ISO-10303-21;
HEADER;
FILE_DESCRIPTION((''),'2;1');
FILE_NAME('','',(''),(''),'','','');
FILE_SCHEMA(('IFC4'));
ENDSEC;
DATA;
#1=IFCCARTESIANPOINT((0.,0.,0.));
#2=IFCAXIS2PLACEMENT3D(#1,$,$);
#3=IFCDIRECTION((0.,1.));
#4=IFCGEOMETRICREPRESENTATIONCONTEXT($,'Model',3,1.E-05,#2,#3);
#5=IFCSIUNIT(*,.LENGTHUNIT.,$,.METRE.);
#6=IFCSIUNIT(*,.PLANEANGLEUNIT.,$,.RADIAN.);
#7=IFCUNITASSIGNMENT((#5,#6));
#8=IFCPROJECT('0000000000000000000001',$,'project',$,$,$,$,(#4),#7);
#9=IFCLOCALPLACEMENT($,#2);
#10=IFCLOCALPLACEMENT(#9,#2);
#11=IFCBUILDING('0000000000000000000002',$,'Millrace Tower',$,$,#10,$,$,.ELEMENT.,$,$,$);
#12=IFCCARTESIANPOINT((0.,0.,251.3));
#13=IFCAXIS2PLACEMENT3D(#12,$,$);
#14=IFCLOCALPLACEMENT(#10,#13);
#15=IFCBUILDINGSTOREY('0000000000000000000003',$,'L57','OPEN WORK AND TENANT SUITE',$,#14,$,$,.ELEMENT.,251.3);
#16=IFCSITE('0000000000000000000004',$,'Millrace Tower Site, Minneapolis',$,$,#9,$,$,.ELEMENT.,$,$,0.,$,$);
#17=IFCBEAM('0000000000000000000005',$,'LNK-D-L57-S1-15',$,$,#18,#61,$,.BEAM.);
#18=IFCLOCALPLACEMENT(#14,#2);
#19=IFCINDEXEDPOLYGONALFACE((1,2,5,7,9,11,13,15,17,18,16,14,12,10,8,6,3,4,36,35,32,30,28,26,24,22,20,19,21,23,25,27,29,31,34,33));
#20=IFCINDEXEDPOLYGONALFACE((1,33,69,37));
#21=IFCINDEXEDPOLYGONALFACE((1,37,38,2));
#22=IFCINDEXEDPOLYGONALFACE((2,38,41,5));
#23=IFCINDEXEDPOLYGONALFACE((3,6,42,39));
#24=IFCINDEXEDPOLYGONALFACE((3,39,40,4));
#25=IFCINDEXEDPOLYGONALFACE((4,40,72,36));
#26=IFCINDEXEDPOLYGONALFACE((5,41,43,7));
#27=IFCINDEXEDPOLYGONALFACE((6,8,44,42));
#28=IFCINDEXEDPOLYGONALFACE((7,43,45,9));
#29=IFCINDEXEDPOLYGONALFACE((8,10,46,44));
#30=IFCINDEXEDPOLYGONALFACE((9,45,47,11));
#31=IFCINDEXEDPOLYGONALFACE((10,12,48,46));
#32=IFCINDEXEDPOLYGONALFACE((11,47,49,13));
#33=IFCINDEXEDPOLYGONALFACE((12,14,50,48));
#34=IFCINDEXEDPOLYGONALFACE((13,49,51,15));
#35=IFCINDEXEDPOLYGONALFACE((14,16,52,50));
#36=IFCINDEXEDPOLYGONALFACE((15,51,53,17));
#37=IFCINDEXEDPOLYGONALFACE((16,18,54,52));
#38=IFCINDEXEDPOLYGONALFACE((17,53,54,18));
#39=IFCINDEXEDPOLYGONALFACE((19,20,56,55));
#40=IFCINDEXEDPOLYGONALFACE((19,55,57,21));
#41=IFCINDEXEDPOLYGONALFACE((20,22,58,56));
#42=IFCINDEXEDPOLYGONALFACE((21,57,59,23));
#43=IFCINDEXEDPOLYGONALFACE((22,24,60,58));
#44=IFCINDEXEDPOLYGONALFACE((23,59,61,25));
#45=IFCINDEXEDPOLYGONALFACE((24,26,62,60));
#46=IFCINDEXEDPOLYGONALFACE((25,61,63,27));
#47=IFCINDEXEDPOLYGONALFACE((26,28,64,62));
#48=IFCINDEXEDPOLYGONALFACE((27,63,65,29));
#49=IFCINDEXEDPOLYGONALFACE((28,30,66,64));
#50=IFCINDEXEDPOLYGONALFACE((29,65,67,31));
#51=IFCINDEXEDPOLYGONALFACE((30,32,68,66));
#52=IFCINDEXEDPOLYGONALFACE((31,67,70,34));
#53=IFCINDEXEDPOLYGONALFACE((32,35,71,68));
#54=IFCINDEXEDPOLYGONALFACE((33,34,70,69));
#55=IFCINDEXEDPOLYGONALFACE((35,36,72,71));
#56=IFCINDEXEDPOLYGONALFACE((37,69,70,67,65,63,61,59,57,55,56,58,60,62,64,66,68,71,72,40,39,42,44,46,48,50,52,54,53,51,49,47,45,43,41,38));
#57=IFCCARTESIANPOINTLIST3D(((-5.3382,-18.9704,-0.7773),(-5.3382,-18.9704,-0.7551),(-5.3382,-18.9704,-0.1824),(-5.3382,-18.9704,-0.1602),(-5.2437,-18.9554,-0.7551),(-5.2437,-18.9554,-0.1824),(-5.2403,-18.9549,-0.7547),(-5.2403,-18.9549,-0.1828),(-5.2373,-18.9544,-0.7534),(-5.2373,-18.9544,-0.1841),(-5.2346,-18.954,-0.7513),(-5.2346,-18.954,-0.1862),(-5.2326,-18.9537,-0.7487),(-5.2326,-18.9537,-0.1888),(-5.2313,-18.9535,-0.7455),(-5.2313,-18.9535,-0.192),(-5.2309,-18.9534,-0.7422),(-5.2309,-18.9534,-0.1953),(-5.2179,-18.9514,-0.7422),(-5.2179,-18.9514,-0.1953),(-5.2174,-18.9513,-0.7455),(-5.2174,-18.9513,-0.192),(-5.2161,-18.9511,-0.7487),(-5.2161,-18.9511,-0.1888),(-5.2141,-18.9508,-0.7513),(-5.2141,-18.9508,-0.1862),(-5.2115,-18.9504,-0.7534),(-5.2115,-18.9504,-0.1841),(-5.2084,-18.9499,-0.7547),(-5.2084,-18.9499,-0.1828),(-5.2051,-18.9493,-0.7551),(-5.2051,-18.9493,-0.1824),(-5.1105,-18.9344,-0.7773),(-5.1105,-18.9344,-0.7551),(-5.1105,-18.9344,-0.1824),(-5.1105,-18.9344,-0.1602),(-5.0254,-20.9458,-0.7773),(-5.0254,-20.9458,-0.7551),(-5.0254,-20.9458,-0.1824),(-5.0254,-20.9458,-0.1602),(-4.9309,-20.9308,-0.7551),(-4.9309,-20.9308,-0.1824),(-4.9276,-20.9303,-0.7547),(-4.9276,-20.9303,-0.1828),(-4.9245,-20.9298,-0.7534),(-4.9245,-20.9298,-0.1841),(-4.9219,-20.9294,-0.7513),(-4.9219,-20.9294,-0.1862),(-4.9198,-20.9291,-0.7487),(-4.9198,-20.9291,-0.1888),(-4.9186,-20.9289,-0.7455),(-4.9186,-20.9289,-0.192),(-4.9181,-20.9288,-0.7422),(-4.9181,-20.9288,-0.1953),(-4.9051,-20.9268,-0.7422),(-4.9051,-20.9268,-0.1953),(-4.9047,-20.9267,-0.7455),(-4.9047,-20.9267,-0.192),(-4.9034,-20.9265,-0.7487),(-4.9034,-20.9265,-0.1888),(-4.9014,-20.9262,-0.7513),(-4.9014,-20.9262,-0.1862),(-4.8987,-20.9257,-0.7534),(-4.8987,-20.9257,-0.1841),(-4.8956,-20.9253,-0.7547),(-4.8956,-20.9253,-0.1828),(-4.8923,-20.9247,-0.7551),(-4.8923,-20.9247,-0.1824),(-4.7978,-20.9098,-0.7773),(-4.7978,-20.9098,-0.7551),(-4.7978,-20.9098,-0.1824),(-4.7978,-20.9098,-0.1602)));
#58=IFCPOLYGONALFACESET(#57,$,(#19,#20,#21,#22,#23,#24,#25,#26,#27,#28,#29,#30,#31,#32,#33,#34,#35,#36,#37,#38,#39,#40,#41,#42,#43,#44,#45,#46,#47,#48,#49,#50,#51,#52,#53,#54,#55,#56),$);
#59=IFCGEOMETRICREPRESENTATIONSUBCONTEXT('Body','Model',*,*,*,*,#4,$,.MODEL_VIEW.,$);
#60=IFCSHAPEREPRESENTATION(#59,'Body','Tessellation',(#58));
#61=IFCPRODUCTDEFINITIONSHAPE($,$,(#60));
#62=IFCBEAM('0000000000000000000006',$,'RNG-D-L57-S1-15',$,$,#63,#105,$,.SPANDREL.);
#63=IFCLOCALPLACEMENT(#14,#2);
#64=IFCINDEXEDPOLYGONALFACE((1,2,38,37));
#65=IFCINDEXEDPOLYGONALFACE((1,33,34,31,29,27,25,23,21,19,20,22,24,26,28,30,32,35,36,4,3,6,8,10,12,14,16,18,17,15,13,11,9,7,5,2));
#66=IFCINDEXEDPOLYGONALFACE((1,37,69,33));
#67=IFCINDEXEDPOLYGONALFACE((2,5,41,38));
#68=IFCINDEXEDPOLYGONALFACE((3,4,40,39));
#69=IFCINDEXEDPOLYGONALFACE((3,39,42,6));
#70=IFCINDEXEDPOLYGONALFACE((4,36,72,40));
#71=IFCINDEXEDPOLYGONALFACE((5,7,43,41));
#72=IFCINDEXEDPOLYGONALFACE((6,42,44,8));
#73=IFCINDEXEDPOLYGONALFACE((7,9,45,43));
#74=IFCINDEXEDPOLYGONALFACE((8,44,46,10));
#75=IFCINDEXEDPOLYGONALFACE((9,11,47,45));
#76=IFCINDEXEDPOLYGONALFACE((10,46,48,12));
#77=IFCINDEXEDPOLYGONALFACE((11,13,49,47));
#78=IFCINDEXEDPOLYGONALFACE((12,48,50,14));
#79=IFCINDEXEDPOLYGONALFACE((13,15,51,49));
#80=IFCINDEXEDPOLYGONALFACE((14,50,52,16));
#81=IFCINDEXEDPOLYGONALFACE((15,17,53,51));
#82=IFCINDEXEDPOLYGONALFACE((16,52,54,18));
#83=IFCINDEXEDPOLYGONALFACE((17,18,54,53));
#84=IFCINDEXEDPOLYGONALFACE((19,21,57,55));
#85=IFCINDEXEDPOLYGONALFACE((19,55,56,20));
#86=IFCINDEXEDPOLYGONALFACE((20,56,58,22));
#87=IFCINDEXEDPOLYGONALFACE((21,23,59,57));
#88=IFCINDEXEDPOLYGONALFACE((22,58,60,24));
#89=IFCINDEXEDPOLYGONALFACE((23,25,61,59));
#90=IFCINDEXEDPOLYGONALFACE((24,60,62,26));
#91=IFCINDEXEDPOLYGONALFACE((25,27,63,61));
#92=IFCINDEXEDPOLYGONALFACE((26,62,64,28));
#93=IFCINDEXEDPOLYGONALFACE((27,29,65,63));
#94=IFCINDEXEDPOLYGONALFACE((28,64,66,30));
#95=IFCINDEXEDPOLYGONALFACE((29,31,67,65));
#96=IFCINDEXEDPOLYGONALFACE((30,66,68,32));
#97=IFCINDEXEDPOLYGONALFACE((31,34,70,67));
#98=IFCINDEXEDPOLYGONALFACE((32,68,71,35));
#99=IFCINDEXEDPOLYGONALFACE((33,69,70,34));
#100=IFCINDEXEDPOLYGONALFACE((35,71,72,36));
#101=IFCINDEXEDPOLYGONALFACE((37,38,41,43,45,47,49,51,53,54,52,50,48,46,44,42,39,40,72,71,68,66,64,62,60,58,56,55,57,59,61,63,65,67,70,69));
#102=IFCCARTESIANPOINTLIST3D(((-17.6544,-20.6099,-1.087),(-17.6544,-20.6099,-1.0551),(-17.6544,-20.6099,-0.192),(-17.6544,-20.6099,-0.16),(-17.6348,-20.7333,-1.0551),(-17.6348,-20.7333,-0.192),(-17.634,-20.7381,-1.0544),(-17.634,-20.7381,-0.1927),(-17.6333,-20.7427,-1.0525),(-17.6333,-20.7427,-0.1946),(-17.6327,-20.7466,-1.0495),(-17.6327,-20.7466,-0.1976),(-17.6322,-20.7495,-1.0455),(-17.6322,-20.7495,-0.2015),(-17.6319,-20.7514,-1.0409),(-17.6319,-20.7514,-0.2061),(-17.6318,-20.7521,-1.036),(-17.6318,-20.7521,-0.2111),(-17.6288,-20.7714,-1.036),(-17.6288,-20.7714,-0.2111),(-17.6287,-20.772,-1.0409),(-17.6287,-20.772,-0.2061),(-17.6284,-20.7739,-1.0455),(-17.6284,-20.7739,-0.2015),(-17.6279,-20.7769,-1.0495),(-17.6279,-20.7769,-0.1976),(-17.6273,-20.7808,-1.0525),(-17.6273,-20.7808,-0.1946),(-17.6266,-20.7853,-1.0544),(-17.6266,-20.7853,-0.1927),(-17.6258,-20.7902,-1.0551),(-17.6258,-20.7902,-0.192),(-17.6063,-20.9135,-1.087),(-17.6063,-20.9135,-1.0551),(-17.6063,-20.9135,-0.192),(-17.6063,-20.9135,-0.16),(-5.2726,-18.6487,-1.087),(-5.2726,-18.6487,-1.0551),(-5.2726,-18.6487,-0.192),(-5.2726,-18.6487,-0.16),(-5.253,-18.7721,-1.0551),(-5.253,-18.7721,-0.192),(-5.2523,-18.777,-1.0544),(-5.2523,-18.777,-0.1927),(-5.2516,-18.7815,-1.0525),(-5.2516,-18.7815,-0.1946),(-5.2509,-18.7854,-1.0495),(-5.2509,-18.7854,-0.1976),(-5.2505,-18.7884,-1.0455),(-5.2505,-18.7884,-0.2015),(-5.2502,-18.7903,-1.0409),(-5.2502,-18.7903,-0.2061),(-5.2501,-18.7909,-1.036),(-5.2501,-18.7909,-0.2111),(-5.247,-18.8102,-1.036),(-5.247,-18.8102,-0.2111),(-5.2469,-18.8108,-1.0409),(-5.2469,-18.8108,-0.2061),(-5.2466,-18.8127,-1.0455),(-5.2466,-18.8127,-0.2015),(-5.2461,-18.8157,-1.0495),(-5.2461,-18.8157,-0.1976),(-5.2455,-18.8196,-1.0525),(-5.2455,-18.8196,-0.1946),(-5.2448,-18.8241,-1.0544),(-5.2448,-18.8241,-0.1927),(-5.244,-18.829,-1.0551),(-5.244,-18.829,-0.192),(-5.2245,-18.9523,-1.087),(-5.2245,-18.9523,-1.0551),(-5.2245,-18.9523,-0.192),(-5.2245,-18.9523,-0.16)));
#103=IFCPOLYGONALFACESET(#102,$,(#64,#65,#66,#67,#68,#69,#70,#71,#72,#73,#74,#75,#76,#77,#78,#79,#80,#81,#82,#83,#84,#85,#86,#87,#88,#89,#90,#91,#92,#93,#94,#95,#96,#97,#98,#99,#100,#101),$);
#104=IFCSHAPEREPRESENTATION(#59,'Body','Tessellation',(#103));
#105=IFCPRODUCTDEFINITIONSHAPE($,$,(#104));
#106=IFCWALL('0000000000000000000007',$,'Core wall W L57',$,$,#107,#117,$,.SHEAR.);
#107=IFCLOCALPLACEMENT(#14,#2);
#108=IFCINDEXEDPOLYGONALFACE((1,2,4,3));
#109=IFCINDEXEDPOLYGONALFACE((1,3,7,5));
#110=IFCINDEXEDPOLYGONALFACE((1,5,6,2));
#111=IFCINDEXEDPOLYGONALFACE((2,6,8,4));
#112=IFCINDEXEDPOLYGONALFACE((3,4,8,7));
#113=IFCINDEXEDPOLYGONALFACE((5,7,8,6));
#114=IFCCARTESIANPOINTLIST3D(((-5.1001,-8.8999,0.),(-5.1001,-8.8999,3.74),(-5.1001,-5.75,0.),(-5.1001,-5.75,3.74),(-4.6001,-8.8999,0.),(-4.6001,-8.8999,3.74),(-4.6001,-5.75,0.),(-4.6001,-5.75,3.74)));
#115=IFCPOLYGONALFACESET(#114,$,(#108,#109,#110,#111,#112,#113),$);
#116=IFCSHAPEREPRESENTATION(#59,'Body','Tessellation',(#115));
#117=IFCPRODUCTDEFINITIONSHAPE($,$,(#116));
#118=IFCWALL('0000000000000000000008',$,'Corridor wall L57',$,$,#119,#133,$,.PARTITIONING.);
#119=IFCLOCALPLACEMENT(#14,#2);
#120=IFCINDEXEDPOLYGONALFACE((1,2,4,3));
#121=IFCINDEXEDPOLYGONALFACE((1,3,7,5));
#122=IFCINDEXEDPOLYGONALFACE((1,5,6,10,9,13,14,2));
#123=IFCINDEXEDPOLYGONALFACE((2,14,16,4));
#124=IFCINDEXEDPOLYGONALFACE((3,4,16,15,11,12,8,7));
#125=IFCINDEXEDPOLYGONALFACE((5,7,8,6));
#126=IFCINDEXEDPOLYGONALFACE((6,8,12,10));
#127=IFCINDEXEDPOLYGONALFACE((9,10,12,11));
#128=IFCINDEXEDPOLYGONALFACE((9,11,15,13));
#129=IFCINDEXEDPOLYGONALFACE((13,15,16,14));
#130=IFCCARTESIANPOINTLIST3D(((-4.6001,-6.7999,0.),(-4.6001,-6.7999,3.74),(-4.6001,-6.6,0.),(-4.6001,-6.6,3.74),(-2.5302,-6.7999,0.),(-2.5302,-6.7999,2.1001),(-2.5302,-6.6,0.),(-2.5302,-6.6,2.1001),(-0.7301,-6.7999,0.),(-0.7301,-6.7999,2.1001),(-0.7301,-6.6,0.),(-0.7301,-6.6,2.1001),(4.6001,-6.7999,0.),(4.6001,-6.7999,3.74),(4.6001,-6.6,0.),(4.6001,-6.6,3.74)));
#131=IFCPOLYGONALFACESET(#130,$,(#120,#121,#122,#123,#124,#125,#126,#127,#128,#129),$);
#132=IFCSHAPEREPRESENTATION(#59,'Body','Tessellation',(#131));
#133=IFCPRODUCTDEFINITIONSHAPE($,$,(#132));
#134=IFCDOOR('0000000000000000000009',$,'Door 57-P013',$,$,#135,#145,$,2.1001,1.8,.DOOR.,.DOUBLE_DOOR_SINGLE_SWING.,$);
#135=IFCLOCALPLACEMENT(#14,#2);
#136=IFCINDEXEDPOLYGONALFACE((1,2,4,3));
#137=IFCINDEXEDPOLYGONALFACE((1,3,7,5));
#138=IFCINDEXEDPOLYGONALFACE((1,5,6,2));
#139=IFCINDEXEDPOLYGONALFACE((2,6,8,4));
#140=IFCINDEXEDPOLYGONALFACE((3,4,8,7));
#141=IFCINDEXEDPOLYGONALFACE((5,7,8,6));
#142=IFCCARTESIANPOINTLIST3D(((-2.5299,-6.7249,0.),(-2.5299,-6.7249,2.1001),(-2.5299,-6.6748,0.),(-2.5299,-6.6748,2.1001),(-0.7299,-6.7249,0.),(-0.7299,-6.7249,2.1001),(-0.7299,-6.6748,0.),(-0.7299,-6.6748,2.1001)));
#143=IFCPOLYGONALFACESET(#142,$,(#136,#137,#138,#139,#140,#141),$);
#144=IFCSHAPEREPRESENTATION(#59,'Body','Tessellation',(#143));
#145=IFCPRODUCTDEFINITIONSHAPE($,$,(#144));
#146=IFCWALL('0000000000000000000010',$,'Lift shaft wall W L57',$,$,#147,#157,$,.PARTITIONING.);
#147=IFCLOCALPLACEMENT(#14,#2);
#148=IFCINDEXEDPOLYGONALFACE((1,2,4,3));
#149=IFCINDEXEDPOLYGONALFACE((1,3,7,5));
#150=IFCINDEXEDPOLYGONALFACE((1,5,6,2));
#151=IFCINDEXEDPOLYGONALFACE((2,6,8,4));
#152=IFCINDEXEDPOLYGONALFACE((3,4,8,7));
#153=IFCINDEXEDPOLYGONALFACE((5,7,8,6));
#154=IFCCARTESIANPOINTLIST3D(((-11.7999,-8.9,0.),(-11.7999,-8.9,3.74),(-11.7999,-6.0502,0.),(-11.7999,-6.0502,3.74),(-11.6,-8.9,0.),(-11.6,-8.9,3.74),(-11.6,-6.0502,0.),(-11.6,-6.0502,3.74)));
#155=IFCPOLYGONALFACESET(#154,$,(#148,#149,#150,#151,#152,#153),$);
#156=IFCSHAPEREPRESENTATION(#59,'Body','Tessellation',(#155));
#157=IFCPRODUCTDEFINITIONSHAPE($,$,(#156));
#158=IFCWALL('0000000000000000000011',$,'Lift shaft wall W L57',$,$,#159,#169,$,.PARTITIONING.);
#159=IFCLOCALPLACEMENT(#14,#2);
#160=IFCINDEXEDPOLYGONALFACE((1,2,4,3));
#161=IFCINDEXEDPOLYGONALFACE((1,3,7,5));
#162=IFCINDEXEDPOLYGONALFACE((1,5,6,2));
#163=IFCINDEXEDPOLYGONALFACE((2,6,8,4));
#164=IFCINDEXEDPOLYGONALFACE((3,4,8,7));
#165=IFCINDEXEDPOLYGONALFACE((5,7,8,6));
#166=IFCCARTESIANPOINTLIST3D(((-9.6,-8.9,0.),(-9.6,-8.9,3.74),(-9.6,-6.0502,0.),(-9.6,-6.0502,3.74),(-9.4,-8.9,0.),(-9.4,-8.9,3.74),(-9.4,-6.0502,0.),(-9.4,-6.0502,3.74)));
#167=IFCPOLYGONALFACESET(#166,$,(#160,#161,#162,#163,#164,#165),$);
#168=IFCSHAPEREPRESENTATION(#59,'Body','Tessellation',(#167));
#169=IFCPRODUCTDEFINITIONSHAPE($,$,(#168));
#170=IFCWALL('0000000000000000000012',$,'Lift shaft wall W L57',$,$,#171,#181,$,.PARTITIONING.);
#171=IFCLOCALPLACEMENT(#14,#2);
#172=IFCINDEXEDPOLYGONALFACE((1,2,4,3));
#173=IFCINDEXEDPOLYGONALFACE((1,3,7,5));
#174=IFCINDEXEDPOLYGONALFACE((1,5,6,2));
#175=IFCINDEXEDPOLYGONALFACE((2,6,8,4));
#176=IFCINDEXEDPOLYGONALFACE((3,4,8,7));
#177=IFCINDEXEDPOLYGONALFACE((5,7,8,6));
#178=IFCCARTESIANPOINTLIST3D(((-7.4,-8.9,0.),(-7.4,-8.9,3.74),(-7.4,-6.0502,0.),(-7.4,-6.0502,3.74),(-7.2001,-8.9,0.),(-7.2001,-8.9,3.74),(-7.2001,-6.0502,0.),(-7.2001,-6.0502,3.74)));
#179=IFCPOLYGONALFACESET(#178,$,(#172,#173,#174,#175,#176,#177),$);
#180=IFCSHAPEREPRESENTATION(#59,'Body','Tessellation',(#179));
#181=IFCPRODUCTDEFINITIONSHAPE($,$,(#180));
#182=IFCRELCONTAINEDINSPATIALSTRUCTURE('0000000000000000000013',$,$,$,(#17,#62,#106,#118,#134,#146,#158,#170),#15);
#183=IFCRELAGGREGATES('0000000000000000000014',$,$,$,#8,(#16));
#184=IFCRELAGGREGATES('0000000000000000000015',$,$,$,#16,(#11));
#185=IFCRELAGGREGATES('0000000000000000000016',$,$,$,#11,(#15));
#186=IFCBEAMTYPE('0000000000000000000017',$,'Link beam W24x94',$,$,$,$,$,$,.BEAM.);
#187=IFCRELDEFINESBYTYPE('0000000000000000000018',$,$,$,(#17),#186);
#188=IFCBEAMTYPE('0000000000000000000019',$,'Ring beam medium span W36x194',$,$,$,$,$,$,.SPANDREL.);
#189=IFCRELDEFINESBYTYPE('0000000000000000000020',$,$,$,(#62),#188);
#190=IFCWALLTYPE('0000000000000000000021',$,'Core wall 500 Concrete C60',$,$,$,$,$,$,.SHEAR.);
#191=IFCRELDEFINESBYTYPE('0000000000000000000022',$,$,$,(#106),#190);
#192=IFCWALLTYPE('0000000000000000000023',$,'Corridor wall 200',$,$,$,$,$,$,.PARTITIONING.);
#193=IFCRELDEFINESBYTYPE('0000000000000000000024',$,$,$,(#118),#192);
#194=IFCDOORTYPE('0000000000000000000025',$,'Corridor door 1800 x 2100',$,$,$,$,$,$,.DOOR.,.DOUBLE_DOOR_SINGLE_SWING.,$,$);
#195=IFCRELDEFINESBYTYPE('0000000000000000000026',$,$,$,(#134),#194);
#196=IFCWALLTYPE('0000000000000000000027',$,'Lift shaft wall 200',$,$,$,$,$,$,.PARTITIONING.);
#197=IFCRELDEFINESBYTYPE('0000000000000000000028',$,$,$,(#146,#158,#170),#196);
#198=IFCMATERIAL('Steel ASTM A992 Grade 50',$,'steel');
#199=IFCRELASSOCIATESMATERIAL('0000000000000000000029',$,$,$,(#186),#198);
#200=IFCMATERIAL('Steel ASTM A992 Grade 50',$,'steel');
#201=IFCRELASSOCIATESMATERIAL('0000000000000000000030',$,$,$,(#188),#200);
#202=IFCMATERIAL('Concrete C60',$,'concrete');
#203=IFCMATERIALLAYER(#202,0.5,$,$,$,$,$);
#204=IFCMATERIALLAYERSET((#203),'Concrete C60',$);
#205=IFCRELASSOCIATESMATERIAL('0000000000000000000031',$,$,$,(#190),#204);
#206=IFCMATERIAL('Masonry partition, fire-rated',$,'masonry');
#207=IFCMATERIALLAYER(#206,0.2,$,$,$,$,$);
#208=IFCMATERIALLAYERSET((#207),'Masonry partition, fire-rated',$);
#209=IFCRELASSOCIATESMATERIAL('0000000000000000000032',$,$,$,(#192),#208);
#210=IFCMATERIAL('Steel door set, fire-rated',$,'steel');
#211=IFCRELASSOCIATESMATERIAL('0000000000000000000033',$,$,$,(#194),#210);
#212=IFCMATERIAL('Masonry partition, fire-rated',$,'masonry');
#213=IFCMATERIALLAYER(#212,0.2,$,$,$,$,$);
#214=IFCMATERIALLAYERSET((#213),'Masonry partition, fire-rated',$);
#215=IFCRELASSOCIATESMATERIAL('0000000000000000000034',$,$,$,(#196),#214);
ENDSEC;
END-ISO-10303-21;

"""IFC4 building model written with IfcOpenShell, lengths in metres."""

from ifc_helpers import new_model, si_unit, direction, frame, frame_2d, origin, origin_2d, place, context, subcontext, project, spatial, rectangle, i_section, extrude, material, layer, layer_set, material_profile, profile_set, type_object, element, fill, save


model = new_model("IFC4")

# Units and contexts
model_context = context("Model", 3, precision=1e-05, world=origin(), true_north=direction((0.0, 1.0)))
body_context = subcontext(model_context, "Body", "Model", "MODEL_VIEW")
ifc_project = project(units=[si_unit("LENGTHUNIT", "METRE"), si_unit("PLANEANGLEUNIT", "RADIAN")], contexts=[model_context])

# Site, building, storey
site_placement = place(None, origin())
site = spatial("IfcSite", under=ifc_project, at=site_placement, Name="Millrace Tower Site, Minneapolis", CompositionType="ELEMENT", RefElevation=0.0)
building_placement = place(site_placement, origin())
building = spatial("IfcBuilding", under=site, at=building_placement, Name="Millrace Tower", CompositionType="ELEMENT")
storey_placement = place(building_placement, frame((0.0, 0.0, 251.3)))
storey = spatial("IfcBuildingStorey", under=building, at=storey_placement, Name="L57", Description="OPEN WORK AND TENANT SUITE", CompositionType="ELEMENT", Elevation=251.3)

# Beams
ifc_material_1 = material(Name="Steel ASTM A992 Grade 50", Category="steel")
ifc_material_profile_1 = material_profile(ifc_material_1, i_section(OverallWidth=0.2305, OverallDepth=0.6172, WebThickness=0.0132, FlangeThickness=0.0222, FilletRadius=0.0129, at=origin_2d()))
ifc_profile_set_1 = profile_set([ifc_material_profile_1], Name="Steel ASTM A992 Grade 50")
beam_type_1 = type_object("IfcBeamType", Name="Link beam W24x94", PredefinedType="BEAM", material=ifc_profile_set_1)
beam_1_placement = place(storey_placement, frame((-5.2244, -18.9524, -0.4688), z_axis=(0.156376, -0.987698, 0.0), x_axis=(0.987698, 0.156376, 0.0)))
element("IfcBeam", 1, at=beam_1_placement, inside=storey, type_object=beam_type_1, Name="LNK-D-L57-S1-15", PredefinedType="BEAM", context=body_context, shape_type="SweptSolid", body=[
    extrude(i_section(OverallWidth=0.2305, OverallDepth=0.6172, WebThickness=0.0132, FlangeThickness=0.0222, FilletRadius=0.0129, at=origin_2d()), origin(), (0.0, 0.0, 1.0), 2.0),
])
ifc_material_2 = material(Name="Steel ASTM A992 Grade 50", Category="steel")
ifc_material_profile_2 = material_profile(ifc_material_2, i_section(OverallWidth=0.3074, OverallDepth=0.927, WebThickness=0.0195, FlangeThickness=0.032, FilletRadius=0.019, at=origin_2d()))
ifc_profile_set_2 = profile_set([ifc_material_profile_2], Name="Steel ASTM A992 Grade 50")
beam_type_2 = type_object("IfcBeamType", Name="Ring beam medium span W36x194", PredefinedType="SPANDREL", material=ifc_profile_set_2)
beam_2_placement = place(storey_placement, frame((-5.2485, -18.8005, -0.6235), z_axis=(-0.987687, -0.156442, 0.0), x_axis=(0.156442, -0.987687, 0.0)))
element("IfcBeam", 2, at=beam_2_placement, inside=storey, type_object=beam_type_2, Name="RNG-D-L57-S1-15", PredefinedType="SPANDREL", context=body_context, shape_type="SweptSolid", body=[
    extrude(i_section(OverallWidth=0.3074, OverallDepth=0.927, WebThickness=0.0195, FlangeThickness=0.032, FilletRadius=0.019, at=origin_2d()), origin(), (0.0, 0.0, 1.0), 12.5361),
])

# Wall
ifc_material_3 = material(Name="Concrete C60", Category="concrete")
ifc_layer_1 = layer(ifc_material_3, 0.5)
ifc_layer_set_1 = layer_set([ifc_layer_1], Name="Concrete C60")
wall_type_1 = type_object("IfcWallType", Name="Core wall 500 Concrete C60", PredefinedType="SHEAR", material=ifc_layer_set_1)
wall_1_placement = place(storey_placement, frame((-4.8501, -8.8999, 0.0), z_axis=(0.0, 0.0, 1.0), x_axis=(0.0, 1.0, 0.0)))
element("IfcWall", 3, at=wall_1_placement, inside=storey, type_object=wall_type_1, Name="Core wall W L57", PredefinedType="SHEAR", context=body_context, shape_type="SweptSolid", body=[
    extrude(rectangle(XDim=3.1499, YDim=0.5, at=frame_2d((1.575, 0.0))), origin(), (0.0, 0.0, 1.0), 3.74),
])

# Wall, opening, door
ifc_material_4 = material(Name="Masonry partition, fire-rated", Category="masonry")
ifc_layer_2 = layer(ifc_material_4, 0.2)
ifc_layer_set_2 = layer_set([ifc_layer_2], Name="Masonry partition, fire-rated")
wall_type_2 = type_object("IfcWallType", Name="Corridor wall 200", PredefinedType="PARTITIONING", material=ifc_layer_set_2)
wall_2_placement = place(storey_placement, frame((-4.6001, -6.7, 0.0), z_axis=(0.0, 0.0, 1.0), x_axis=(1.0, 0.0, 0.0)))
wall_2 = element("IfcWall", 4, at=wall_2_placement, inside=storey, type_object=wall_type_2, Name="Corridor wall L57", PredefinedType="PARTITIONING", context=body_context, shape_type="SweptSolid", body=[
    extrude(rectangle(XDim=9.2002, YDim=0.2, at=frame_2d((4.6001, 0.0))), origin(), (0.0, 0.0, 1.0), 3.74),
])
opening_placement = place(wall_2_placement, frame((2.0701, 0.0, 0.0)))
opening = element("IfcOpeningElement", 5, at=opening_placement, cuts=wall_2, PredefinedType="OPENING", context=body_context, shape_type="SweptSolid", body=[
    extrude(rectangle(XDim=1.8, YDim=2.1001, at=frame_2d((0.8999, 1.05))), frame((0.0, 0.1099, 0.0), z_axis=(0.0, -1.0, 0.0), x_axis=(1.0, 0.0, 0.0)), (0.0, 0.0, 1.0), 0.22),
])
ifc_material_5 = material(Name="Steel door set, fire-rated", Category="steel")
door_type = type_object("IfcDoorType", Name="Corridor door 1800 x 2100", OperationType="DOUBLE_DOOR_SINGLE_SWING", PredefinedType="DOOR", material=ifc_material_5)
door_placement = place(opening_placement, frame((1.8, 0.0, 0.0), z_axis=(0.0, 0.0, 1.0), x_axis=(-1.0, 0.0, 0.0)))
door = element("IfcDoor", 6, at=door_placement, inside=storey, type_object=door_type, Name="Door 57-P013", OperationType="DOUBLE_DOOR_SINGLE_SWING", OverallHeight=2.1001, OverallWidth=1.8, PredefinedType="DOOR", context=body_context, shape_type="SweptSolid", body=[
    extrude(rectangle(XDim=1.8, YDim=2.1001, at=frame_2d((0.8999, 1.05))), frame((0.0, 0.0249, 0.0), z_axis=(0.0, -1.0, 0.0), x_axis=(1.0, 0.0, 0.0)), (0.0, 0.0, 1.0), 0.05),
])
fill(opening, door)

# Walls
ifc_material_6 = material(Name="Masonry partition, fire-rated", Category="masonry")
ifc_layer_3 = layer(ifc_material_6, 0.2)
ifc_layer_set_3 = layer_set([ifc_layer_3], Name="Masonry partition, fire-rated")
wall_type_3 = type_object("IfcWallType", Name="Lift shaft wall 200", PredefinedType="PARTITIONING", material=ifc_layer_set_3)
for number, where, z_axis, x_axis, name in (
    (7, (-11.7, -8.8999, 0.0), (0.0, 0.0, 1.0), (0.0, 1.0, 0.0), "Lift shaft wall W L57"),
    (8, (-9.5, -8.8999, 0.0), (0.0, 0.0, 1.0), (0.0, 1.0, 0.0), "Lift shaft wall W L57"),
    (9, (-7.3, -8.8999, 0.0), (0.0, 0.0, 1.0), (0.0, 1.0, 0.0), "Lift shaft wall W L57"),
):
    element("IfcWall", number, at=place(storey_placement, frame(where, z_axis=z_axis, x_axis=x_axis)), inside=storey, type_object=wall_type_3, Name=name, PredefinedType="PARTITIONING", context=body_context, shape_type="SweptSolid", body=[
        extrude(rectangle(XDim=2.8499, YDim=0.2, at=frame_2d((1.4248, 0.0))), origin(), (0.0, 0.0, 1.0), 3.74),
    ])

save(model, "model.ifc")
